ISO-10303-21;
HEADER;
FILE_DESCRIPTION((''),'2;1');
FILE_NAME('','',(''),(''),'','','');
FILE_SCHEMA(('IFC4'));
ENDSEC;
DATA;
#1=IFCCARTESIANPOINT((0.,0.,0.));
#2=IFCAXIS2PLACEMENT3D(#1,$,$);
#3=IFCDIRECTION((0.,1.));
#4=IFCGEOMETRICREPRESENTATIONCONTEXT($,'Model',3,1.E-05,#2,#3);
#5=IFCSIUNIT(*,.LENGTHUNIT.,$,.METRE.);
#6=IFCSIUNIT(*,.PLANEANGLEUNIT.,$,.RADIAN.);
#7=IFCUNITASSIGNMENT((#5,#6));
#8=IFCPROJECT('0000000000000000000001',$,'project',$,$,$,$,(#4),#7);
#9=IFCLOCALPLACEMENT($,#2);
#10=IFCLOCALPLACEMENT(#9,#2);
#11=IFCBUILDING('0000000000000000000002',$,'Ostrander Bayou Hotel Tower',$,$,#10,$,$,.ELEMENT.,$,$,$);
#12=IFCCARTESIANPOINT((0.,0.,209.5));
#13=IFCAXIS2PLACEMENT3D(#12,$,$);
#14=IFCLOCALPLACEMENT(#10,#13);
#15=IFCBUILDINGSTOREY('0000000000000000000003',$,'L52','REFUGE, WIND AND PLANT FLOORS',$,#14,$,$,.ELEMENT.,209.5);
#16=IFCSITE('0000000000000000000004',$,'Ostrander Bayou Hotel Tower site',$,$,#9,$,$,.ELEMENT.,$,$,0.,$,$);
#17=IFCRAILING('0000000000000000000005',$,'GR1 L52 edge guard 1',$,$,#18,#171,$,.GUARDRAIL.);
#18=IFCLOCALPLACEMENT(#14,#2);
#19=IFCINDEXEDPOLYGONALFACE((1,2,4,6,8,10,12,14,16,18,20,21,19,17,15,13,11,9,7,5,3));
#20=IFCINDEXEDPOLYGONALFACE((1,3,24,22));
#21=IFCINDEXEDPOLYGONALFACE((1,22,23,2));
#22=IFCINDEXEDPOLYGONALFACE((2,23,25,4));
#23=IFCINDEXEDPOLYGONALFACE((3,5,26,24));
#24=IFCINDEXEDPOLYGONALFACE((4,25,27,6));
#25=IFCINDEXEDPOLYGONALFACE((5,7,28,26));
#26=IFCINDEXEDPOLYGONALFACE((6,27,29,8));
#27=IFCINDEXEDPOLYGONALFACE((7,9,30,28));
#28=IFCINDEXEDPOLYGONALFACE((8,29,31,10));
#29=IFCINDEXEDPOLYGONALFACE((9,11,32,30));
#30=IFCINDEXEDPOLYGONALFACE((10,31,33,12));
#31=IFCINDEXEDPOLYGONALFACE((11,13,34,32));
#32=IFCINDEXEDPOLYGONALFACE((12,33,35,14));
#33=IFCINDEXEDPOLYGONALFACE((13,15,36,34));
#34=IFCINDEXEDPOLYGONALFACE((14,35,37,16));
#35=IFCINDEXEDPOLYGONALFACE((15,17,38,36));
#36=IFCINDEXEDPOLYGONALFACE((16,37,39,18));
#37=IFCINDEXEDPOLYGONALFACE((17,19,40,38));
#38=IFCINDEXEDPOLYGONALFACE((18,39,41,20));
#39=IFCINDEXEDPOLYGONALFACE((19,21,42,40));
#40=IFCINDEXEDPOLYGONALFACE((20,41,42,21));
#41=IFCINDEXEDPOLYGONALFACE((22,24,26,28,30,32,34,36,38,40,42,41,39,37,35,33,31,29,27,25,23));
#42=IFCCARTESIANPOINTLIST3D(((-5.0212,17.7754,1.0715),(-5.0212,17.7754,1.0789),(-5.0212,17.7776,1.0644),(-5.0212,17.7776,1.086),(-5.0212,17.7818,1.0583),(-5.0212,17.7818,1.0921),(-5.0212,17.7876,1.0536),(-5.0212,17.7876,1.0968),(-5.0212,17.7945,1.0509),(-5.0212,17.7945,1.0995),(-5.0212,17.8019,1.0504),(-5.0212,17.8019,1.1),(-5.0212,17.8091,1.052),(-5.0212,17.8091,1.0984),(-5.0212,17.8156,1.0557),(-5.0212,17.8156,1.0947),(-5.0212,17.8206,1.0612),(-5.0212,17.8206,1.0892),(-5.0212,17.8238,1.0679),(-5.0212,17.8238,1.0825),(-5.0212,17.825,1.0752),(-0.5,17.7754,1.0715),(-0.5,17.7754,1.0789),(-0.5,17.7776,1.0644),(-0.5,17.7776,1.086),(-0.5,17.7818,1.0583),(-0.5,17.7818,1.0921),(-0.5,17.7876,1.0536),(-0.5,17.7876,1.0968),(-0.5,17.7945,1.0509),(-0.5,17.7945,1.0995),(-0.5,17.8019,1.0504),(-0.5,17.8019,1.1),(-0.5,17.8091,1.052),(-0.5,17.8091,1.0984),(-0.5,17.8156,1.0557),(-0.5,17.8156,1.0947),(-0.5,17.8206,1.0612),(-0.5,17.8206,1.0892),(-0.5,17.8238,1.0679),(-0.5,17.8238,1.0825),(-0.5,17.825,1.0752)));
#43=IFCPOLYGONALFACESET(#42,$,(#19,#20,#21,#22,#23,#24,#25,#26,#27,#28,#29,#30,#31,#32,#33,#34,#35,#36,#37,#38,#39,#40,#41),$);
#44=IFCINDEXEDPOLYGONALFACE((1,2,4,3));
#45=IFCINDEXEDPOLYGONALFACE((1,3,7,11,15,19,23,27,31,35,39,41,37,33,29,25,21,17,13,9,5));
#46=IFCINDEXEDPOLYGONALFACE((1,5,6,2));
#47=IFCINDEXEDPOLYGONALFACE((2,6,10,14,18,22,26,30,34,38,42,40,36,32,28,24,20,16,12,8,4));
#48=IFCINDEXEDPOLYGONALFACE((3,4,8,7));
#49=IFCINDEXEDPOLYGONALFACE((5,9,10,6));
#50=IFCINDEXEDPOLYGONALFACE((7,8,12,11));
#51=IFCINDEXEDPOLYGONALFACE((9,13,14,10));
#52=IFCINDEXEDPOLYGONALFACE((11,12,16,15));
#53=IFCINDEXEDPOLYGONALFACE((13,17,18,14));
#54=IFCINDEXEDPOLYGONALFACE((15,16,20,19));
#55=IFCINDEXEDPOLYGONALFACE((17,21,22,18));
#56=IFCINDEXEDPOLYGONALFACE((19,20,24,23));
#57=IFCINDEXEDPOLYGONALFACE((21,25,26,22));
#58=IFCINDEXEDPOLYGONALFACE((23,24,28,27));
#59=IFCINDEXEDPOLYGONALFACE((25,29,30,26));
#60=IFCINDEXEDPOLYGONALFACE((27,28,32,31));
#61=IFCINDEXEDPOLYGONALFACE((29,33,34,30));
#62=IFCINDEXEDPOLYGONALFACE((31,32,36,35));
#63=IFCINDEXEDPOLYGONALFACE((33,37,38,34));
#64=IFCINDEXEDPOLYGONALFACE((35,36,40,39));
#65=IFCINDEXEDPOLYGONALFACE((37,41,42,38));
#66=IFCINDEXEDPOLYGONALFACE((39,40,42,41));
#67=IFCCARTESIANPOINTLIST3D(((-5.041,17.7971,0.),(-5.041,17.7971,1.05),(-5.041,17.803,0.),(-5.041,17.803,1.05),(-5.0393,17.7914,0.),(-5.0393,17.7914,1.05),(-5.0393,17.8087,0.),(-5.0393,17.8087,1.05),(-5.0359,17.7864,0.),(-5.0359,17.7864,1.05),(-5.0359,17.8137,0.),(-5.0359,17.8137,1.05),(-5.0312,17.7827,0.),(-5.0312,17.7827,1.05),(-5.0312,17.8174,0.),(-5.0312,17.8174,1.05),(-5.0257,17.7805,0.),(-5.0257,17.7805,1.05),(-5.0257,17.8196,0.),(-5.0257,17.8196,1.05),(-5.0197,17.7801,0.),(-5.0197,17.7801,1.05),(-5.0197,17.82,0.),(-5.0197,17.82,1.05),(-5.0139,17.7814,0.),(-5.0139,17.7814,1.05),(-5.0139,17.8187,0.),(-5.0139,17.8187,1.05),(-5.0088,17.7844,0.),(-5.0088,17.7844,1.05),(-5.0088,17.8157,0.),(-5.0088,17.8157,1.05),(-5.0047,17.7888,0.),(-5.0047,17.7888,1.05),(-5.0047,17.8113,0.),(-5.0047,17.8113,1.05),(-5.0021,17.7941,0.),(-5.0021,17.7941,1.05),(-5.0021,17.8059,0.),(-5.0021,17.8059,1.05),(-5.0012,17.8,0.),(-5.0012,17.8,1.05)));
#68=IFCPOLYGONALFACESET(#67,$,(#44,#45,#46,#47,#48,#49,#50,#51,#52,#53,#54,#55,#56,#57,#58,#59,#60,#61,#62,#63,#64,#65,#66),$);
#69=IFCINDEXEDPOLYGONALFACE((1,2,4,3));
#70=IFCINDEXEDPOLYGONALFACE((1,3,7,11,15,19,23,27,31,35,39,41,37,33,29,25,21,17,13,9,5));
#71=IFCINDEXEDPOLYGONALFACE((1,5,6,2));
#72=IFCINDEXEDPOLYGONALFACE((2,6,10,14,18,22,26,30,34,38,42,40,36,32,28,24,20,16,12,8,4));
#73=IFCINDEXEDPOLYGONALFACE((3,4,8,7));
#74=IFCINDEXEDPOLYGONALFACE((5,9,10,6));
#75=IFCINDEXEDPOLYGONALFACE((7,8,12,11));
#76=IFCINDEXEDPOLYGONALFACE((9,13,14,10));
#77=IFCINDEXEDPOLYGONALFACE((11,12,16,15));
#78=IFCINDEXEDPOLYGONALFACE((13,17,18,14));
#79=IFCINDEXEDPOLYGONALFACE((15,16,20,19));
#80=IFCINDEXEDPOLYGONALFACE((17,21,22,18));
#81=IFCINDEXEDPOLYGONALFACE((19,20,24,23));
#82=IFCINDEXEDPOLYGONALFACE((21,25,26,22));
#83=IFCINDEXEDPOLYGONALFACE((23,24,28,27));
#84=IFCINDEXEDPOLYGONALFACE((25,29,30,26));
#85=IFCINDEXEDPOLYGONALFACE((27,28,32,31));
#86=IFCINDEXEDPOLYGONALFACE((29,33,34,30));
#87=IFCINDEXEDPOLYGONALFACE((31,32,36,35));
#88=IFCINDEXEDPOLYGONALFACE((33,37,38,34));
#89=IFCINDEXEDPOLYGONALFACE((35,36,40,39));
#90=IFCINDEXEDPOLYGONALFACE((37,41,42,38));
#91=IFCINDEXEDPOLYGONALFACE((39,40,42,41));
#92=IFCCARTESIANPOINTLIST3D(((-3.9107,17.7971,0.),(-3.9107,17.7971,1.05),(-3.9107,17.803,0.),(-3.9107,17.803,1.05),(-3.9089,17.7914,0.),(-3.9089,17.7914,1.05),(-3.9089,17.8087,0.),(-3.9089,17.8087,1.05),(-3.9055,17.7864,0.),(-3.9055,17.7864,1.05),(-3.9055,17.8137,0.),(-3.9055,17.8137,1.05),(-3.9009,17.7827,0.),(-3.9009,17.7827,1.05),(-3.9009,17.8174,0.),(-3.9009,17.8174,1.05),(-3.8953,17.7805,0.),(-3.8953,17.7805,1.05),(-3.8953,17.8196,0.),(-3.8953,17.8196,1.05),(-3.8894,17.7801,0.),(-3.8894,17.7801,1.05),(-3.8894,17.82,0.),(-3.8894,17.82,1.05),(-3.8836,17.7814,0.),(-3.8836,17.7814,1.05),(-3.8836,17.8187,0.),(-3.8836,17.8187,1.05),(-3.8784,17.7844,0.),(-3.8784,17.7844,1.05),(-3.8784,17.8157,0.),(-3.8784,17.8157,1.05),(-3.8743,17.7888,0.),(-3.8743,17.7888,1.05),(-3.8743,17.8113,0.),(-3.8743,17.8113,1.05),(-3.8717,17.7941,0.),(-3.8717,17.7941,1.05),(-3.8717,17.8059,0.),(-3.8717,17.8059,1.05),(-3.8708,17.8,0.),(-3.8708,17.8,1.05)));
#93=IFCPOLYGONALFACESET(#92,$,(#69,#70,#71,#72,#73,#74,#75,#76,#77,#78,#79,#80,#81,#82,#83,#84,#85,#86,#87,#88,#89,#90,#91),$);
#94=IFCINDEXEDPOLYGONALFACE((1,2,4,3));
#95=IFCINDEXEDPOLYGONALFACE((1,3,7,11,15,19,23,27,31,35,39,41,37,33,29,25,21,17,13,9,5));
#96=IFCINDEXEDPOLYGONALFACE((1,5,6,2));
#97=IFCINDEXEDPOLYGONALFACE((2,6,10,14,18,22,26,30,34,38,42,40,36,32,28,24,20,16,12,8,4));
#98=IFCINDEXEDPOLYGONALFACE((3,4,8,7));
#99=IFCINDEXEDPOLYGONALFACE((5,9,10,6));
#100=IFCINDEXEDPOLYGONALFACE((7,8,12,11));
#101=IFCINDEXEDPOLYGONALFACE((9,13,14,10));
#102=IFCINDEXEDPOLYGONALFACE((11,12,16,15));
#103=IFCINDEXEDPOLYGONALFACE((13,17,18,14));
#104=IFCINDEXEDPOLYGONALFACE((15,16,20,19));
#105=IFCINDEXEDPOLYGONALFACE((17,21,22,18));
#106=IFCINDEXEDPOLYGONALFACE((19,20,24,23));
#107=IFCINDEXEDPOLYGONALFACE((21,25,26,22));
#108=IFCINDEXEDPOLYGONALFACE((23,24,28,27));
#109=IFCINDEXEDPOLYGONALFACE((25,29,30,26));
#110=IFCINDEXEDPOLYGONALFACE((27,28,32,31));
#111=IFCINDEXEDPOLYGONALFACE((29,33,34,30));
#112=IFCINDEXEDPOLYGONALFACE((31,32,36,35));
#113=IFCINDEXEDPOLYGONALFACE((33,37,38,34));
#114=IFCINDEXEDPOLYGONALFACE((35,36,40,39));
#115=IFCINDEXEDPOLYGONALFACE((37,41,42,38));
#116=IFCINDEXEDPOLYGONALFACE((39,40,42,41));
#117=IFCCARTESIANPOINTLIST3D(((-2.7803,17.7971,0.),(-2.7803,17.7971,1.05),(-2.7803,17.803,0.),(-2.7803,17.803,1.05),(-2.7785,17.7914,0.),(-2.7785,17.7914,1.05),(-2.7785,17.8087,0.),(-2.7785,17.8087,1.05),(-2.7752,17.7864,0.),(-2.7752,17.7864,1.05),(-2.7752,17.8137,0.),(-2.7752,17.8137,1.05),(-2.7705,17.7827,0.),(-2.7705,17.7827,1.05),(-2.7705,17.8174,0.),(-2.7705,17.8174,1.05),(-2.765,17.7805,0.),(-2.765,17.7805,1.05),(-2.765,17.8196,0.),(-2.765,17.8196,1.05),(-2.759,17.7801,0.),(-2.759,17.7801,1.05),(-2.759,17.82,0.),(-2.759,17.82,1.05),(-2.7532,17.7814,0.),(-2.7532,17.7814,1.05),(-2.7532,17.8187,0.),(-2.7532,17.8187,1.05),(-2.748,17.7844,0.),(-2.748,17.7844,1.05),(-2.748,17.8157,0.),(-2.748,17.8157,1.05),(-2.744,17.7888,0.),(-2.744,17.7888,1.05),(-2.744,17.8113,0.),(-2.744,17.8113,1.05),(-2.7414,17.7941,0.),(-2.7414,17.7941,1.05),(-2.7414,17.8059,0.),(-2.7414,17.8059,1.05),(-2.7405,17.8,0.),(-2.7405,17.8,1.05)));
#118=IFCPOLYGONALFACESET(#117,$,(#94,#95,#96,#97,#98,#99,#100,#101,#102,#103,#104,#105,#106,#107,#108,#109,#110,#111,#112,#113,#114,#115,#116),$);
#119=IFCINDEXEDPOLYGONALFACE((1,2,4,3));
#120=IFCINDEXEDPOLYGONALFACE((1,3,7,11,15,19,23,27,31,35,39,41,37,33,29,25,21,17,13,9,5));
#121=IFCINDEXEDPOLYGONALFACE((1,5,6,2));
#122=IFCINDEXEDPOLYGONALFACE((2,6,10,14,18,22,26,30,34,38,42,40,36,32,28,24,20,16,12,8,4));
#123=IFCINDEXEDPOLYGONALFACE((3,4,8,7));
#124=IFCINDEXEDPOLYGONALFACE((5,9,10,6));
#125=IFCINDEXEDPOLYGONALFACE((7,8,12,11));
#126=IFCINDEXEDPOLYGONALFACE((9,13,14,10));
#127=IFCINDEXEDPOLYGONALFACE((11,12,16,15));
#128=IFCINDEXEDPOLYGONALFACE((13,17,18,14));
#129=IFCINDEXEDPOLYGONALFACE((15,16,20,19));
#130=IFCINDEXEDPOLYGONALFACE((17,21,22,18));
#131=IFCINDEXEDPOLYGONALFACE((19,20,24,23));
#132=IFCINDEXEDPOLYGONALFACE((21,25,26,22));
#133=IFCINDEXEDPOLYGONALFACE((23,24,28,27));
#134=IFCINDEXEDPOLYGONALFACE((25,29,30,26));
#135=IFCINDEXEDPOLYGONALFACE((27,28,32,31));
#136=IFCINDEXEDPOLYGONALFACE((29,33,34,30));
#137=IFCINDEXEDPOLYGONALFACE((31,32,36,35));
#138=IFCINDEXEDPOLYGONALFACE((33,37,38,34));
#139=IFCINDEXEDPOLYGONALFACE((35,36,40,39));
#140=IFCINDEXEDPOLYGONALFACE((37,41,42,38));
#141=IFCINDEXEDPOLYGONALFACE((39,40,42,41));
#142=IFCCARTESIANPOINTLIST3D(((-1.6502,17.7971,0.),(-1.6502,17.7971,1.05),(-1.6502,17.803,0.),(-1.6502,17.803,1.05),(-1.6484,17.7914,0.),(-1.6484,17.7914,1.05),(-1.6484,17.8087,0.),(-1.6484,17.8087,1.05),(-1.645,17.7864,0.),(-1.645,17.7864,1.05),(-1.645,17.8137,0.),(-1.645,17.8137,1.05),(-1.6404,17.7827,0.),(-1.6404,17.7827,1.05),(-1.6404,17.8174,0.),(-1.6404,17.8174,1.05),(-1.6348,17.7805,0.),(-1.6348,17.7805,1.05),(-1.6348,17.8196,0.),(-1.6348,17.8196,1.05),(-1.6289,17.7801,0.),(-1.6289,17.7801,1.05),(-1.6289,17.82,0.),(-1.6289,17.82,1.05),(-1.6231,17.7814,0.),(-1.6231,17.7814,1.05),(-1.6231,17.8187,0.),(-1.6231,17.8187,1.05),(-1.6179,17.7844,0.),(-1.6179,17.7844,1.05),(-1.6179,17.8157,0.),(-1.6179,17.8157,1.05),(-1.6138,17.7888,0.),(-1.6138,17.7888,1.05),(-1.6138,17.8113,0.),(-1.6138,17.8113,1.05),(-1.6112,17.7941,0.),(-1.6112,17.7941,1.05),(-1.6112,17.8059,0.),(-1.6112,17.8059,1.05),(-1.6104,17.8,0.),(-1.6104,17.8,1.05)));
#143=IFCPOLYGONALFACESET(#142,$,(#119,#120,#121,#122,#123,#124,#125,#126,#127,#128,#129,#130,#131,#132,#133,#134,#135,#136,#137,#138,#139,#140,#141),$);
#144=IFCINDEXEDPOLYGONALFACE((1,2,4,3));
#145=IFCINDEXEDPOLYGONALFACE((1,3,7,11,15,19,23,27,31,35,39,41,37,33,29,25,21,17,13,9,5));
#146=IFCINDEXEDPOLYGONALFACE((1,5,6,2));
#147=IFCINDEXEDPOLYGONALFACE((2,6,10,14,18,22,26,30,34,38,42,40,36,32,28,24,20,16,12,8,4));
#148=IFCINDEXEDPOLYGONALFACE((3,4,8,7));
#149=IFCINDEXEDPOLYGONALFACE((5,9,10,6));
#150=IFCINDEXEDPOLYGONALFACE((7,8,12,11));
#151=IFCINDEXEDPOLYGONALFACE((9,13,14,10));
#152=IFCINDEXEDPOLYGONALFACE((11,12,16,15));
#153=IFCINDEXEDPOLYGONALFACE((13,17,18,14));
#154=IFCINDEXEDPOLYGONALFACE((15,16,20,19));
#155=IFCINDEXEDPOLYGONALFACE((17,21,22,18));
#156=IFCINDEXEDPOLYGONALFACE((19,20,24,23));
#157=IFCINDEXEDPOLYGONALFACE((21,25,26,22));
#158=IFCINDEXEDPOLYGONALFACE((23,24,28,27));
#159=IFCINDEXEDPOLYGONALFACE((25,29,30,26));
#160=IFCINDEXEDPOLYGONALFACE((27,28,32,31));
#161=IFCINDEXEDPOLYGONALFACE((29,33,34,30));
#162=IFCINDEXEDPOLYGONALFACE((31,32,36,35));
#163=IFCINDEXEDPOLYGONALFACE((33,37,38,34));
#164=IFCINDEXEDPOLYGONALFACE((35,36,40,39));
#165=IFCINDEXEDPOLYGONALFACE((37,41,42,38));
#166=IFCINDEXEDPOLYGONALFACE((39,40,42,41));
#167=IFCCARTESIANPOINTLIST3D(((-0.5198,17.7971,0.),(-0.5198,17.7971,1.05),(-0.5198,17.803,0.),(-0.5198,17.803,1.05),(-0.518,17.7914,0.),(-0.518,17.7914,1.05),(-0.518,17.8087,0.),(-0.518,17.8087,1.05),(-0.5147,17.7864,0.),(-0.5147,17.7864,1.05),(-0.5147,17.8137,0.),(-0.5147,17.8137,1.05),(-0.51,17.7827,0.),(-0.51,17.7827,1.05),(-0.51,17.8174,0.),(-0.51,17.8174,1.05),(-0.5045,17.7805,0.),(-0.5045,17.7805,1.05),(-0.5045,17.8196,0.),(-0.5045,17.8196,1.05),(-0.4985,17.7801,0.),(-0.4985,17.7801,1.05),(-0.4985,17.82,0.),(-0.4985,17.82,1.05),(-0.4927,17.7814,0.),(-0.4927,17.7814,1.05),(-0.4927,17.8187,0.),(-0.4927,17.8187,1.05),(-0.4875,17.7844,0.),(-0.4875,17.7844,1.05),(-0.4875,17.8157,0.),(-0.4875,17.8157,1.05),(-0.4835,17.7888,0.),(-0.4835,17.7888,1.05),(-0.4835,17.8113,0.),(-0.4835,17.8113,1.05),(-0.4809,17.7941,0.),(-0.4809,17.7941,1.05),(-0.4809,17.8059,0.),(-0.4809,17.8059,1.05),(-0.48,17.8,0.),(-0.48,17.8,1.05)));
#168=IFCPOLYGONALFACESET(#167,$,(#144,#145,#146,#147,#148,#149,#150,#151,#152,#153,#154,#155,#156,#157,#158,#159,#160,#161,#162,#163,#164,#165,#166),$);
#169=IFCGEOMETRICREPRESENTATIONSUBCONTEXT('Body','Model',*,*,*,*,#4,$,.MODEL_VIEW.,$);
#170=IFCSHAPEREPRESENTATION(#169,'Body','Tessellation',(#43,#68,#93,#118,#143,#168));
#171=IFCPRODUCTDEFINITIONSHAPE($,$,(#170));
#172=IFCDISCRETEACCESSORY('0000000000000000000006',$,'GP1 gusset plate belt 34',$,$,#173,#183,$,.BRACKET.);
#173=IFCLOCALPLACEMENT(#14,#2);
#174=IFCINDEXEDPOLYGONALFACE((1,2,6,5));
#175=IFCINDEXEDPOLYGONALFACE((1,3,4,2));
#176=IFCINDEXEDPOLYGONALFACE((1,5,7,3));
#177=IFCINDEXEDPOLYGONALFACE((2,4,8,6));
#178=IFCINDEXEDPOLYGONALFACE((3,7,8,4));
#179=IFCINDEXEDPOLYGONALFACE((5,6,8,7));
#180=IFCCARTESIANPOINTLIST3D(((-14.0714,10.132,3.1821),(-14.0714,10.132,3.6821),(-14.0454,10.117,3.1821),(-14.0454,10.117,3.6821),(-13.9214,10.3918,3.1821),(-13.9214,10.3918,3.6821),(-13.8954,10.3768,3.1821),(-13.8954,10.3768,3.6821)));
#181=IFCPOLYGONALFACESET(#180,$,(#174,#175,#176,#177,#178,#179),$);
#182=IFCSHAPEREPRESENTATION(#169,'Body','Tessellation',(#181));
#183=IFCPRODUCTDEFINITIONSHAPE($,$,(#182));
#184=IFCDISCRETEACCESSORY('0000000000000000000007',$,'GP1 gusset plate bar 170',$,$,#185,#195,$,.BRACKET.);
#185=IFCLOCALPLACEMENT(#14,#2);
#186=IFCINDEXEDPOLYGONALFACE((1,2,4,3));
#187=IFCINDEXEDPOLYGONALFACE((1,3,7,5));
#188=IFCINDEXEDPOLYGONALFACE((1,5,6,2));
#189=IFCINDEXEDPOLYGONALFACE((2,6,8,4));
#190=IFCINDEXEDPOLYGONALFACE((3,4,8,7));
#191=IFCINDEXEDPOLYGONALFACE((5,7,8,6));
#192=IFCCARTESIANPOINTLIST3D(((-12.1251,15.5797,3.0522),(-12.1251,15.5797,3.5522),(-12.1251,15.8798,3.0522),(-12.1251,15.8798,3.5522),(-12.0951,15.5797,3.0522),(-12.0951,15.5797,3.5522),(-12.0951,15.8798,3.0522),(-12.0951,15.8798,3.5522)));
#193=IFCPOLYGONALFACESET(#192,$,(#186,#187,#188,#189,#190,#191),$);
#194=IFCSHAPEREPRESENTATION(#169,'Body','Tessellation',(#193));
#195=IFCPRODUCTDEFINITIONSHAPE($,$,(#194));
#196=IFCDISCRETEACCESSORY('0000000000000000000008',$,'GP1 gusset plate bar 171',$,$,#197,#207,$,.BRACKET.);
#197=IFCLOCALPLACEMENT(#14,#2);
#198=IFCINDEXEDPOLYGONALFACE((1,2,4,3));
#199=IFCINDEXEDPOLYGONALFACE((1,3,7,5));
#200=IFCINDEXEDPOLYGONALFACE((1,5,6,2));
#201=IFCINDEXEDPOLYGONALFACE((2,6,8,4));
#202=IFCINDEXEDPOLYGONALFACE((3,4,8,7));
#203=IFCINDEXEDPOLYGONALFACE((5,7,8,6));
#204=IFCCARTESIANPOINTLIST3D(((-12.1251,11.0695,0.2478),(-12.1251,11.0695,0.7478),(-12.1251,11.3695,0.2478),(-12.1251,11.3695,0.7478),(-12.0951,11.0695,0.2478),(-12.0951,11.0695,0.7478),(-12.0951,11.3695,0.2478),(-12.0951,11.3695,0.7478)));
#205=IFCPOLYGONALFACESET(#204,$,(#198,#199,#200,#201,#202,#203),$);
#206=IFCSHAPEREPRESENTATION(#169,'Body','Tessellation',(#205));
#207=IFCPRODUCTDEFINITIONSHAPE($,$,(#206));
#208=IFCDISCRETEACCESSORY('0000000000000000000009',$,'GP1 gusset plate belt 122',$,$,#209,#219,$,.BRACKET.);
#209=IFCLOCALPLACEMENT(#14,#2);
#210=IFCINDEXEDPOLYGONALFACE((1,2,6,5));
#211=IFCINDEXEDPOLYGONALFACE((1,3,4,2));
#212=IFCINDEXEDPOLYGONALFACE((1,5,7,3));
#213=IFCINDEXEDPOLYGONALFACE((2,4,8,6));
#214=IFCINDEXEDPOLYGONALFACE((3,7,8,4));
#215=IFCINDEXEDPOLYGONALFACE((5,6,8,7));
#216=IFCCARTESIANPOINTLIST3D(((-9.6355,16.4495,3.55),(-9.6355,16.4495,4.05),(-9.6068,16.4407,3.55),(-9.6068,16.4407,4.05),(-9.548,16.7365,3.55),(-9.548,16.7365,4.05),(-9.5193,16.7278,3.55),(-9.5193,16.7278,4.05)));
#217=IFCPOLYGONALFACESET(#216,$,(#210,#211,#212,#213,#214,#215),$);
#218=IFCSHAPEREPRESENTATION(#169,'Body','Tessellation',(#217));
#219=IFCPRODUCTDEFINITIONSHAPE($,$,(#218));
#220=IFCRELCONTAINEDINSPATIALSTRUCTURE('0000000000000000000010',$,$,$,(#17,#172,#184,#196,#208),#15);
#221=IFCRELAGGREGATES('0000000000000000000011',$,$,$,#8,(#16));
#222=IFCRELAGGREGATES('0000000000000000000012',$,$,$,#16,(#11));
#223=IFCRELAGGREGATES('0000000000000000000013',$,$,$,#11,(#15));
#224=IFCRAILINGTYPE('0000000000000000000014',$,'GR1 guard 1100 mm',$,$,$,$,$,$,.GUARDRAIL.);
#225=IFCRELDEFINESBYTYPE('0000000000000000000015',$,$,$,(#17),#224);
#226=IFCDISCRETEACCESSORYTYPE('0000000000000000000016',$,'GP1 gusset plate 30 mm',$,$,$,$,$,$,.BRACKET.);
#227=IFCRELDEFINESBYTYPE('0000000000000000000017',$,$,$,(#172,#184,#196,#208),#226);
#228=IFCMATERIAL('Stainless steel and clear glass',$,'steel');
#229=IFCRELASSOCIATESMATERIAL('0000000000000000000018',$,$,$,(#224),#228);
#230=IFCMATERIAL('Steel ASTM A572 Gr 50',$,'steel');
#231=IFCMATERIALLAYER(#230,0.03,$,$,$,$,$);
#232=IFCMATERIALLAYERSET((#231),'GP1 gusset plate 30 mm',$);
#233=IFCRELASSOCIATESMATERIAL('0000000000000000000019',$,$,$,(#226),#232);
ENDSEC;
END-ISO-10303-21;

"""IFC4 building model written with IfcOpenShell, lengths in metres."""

from ifc_helpers import new_model, si_unit, direction, frame, origin, origin_2d, place, context, subcontext, project, spatial, rectangle, circle, extrude, material, layer, layer_set, type_object, element, save


model = new_model("IFC4")

# Units and contexts
model_context = context("Model", 3, precision=1e-05, world=origin(), true_north=direction((0.0, 1.0)))
body_context = subcontext(model_context, "Body", "Model", "MODEL_VIEW")
ifc_project = project(units=[si_unit("LENGTHUNIT", "METRE"), si_unit("PLANEANGLEUNIT", "RADIAN")], contexts=[model_context])

# Site, building, storey
site_placement = place(None, origin())
site = spatial("IfcSite", under=ifc_project, at=site_placement, Name="Ostrander Bayou Hotel Tower site", CompositionType="ELEMENT", RefElevation=0.0)
building_placement = place(site_placement, origin())
building = spatial("IfcBuilding", under=site, at=building_placement, Name="Ostrander Bayou Hotel Tower", CompositionType="ELEMENT")
storey_placement = place(building_placement, frame((0.0, 0.0, 209.5)))
storey = spatial("IfcBuildingStorey", under=building, at=storey_placement, Name="L52", Description="REFUGE, WIND AND PLANT FLOORS", CompositionType="ELEMENT", Elevation=209.5)

# Railing
ifc_material_1 = material(Name="Stainless steel and clear glass", Category="steel")
railing_type = type_object("IfcRailingType", Name="GR1 guard 1100 mm", PredefinedType="GUARDRAIL", material=ifc_material_1)
railing_1_placement = place(storey_placement, frame((-5.0212, 17.8, 0.0)))
element("IfcRailing", 1, at=railing_1_placement, inside=storey, type_object=railing_type, Name="GR1 L52 edge guard 1", PredefinedType="GUARDRAIL", context=body_context, shape_type="SweptSolid", body=[
    extrude(circle(Radius=0.0249, at=origin_2d()), frame((0.0, 0.0, 1.0752), z_axis=(1.0, 0.0, 0.0), x_axis=(0.0, 1.0, 0.0)), (0.0, 0.0, 1.0), 4.5212),
    extrude(circle(Radius=0.02, at=origin_2d()), origin(), (0.0, 0.0, 1.0), 1.05),
    extrude(circle(Radius=0.02, at=origin_2d()), frame((1.1304, 0.0, 0.0)), (0.0, 0.0, 1.0), 1.05),
    extrude(circle(Radius=0.02, at=origin_2d()), frame((2.2607, 0.0, 0.0)), (0.0, 0.0, 1.0), 1.05),
    extrude(circle(Radius=0.02, at=origin_2d()), frame((3.3909, 0.0, 0.0)), (0.0, 0.0, 1.0), 1.05),
    extrude(circle(Radius=0.02, at=origin_2d()), frame((4.5212, 0.0, 0.0)), (0.0, 0.0, 1.0), 1.05),
])

# Discrete accessories
ifc_material_2 = material(Name="Steel ASTM A572 Gr 50", Category="steel")
ifc_layer_1 = layer(ifc_material_2, 0.03)
ifc_layer_set_1 = layer_set([ifc_layer_1], Name="GP1 gusset plate 30 mm")
discrete_accessory_type = type_object("IfcDiscreteAccessoryType", Name="GP1 gusset plate 30 mm", PredefinedType="BRACKET", material=ifc_layer_set_1)
for number, where, z_axis, x_axis, name in (
    (2, (-13.9834, 10.2544, 3.1821), (0.0, 0.0, 1.0), (0.500015, 0.866017, 0.0), "GP1 gusset plate belt 34"),
    (3, (-12.1101, 15.7297, 3.0522), (0.0, 0.0, 1.0), (0.0, -1.0, 0.0), "GP1 gusset plate bar 170"),
    (4, (-12.1101, 11.2195, 0.2478), (0.0, 0.0, 1.0), (0.0, -1.0, 0.0), "GP1 gusset plate bar 171"),
    (5, (-9.5774, 16.5886, 3.55), (0.0, 0.0, 1.0), (-0.291504, -0.95657, 0.0), "GP1 gusset plate belt 122"),
):
    element("IfcDiscreteAccessory", number, at=place(storey_placement, frame(where, z_axis=z_axis, x_axis=x_axis)), inside=storey, type_object=discrete_accessory_type, Name=name, PredefinedType="BRACKET", context=body_context, shape_type="SweptSolid", body=[
        extrude(rectangle(XDim=0.3, YDim=0.03, at=origin_2d()), origin(), (0.0, 0.0, 1.0), 0.5),
    ])

save(model, "model.ifc")
